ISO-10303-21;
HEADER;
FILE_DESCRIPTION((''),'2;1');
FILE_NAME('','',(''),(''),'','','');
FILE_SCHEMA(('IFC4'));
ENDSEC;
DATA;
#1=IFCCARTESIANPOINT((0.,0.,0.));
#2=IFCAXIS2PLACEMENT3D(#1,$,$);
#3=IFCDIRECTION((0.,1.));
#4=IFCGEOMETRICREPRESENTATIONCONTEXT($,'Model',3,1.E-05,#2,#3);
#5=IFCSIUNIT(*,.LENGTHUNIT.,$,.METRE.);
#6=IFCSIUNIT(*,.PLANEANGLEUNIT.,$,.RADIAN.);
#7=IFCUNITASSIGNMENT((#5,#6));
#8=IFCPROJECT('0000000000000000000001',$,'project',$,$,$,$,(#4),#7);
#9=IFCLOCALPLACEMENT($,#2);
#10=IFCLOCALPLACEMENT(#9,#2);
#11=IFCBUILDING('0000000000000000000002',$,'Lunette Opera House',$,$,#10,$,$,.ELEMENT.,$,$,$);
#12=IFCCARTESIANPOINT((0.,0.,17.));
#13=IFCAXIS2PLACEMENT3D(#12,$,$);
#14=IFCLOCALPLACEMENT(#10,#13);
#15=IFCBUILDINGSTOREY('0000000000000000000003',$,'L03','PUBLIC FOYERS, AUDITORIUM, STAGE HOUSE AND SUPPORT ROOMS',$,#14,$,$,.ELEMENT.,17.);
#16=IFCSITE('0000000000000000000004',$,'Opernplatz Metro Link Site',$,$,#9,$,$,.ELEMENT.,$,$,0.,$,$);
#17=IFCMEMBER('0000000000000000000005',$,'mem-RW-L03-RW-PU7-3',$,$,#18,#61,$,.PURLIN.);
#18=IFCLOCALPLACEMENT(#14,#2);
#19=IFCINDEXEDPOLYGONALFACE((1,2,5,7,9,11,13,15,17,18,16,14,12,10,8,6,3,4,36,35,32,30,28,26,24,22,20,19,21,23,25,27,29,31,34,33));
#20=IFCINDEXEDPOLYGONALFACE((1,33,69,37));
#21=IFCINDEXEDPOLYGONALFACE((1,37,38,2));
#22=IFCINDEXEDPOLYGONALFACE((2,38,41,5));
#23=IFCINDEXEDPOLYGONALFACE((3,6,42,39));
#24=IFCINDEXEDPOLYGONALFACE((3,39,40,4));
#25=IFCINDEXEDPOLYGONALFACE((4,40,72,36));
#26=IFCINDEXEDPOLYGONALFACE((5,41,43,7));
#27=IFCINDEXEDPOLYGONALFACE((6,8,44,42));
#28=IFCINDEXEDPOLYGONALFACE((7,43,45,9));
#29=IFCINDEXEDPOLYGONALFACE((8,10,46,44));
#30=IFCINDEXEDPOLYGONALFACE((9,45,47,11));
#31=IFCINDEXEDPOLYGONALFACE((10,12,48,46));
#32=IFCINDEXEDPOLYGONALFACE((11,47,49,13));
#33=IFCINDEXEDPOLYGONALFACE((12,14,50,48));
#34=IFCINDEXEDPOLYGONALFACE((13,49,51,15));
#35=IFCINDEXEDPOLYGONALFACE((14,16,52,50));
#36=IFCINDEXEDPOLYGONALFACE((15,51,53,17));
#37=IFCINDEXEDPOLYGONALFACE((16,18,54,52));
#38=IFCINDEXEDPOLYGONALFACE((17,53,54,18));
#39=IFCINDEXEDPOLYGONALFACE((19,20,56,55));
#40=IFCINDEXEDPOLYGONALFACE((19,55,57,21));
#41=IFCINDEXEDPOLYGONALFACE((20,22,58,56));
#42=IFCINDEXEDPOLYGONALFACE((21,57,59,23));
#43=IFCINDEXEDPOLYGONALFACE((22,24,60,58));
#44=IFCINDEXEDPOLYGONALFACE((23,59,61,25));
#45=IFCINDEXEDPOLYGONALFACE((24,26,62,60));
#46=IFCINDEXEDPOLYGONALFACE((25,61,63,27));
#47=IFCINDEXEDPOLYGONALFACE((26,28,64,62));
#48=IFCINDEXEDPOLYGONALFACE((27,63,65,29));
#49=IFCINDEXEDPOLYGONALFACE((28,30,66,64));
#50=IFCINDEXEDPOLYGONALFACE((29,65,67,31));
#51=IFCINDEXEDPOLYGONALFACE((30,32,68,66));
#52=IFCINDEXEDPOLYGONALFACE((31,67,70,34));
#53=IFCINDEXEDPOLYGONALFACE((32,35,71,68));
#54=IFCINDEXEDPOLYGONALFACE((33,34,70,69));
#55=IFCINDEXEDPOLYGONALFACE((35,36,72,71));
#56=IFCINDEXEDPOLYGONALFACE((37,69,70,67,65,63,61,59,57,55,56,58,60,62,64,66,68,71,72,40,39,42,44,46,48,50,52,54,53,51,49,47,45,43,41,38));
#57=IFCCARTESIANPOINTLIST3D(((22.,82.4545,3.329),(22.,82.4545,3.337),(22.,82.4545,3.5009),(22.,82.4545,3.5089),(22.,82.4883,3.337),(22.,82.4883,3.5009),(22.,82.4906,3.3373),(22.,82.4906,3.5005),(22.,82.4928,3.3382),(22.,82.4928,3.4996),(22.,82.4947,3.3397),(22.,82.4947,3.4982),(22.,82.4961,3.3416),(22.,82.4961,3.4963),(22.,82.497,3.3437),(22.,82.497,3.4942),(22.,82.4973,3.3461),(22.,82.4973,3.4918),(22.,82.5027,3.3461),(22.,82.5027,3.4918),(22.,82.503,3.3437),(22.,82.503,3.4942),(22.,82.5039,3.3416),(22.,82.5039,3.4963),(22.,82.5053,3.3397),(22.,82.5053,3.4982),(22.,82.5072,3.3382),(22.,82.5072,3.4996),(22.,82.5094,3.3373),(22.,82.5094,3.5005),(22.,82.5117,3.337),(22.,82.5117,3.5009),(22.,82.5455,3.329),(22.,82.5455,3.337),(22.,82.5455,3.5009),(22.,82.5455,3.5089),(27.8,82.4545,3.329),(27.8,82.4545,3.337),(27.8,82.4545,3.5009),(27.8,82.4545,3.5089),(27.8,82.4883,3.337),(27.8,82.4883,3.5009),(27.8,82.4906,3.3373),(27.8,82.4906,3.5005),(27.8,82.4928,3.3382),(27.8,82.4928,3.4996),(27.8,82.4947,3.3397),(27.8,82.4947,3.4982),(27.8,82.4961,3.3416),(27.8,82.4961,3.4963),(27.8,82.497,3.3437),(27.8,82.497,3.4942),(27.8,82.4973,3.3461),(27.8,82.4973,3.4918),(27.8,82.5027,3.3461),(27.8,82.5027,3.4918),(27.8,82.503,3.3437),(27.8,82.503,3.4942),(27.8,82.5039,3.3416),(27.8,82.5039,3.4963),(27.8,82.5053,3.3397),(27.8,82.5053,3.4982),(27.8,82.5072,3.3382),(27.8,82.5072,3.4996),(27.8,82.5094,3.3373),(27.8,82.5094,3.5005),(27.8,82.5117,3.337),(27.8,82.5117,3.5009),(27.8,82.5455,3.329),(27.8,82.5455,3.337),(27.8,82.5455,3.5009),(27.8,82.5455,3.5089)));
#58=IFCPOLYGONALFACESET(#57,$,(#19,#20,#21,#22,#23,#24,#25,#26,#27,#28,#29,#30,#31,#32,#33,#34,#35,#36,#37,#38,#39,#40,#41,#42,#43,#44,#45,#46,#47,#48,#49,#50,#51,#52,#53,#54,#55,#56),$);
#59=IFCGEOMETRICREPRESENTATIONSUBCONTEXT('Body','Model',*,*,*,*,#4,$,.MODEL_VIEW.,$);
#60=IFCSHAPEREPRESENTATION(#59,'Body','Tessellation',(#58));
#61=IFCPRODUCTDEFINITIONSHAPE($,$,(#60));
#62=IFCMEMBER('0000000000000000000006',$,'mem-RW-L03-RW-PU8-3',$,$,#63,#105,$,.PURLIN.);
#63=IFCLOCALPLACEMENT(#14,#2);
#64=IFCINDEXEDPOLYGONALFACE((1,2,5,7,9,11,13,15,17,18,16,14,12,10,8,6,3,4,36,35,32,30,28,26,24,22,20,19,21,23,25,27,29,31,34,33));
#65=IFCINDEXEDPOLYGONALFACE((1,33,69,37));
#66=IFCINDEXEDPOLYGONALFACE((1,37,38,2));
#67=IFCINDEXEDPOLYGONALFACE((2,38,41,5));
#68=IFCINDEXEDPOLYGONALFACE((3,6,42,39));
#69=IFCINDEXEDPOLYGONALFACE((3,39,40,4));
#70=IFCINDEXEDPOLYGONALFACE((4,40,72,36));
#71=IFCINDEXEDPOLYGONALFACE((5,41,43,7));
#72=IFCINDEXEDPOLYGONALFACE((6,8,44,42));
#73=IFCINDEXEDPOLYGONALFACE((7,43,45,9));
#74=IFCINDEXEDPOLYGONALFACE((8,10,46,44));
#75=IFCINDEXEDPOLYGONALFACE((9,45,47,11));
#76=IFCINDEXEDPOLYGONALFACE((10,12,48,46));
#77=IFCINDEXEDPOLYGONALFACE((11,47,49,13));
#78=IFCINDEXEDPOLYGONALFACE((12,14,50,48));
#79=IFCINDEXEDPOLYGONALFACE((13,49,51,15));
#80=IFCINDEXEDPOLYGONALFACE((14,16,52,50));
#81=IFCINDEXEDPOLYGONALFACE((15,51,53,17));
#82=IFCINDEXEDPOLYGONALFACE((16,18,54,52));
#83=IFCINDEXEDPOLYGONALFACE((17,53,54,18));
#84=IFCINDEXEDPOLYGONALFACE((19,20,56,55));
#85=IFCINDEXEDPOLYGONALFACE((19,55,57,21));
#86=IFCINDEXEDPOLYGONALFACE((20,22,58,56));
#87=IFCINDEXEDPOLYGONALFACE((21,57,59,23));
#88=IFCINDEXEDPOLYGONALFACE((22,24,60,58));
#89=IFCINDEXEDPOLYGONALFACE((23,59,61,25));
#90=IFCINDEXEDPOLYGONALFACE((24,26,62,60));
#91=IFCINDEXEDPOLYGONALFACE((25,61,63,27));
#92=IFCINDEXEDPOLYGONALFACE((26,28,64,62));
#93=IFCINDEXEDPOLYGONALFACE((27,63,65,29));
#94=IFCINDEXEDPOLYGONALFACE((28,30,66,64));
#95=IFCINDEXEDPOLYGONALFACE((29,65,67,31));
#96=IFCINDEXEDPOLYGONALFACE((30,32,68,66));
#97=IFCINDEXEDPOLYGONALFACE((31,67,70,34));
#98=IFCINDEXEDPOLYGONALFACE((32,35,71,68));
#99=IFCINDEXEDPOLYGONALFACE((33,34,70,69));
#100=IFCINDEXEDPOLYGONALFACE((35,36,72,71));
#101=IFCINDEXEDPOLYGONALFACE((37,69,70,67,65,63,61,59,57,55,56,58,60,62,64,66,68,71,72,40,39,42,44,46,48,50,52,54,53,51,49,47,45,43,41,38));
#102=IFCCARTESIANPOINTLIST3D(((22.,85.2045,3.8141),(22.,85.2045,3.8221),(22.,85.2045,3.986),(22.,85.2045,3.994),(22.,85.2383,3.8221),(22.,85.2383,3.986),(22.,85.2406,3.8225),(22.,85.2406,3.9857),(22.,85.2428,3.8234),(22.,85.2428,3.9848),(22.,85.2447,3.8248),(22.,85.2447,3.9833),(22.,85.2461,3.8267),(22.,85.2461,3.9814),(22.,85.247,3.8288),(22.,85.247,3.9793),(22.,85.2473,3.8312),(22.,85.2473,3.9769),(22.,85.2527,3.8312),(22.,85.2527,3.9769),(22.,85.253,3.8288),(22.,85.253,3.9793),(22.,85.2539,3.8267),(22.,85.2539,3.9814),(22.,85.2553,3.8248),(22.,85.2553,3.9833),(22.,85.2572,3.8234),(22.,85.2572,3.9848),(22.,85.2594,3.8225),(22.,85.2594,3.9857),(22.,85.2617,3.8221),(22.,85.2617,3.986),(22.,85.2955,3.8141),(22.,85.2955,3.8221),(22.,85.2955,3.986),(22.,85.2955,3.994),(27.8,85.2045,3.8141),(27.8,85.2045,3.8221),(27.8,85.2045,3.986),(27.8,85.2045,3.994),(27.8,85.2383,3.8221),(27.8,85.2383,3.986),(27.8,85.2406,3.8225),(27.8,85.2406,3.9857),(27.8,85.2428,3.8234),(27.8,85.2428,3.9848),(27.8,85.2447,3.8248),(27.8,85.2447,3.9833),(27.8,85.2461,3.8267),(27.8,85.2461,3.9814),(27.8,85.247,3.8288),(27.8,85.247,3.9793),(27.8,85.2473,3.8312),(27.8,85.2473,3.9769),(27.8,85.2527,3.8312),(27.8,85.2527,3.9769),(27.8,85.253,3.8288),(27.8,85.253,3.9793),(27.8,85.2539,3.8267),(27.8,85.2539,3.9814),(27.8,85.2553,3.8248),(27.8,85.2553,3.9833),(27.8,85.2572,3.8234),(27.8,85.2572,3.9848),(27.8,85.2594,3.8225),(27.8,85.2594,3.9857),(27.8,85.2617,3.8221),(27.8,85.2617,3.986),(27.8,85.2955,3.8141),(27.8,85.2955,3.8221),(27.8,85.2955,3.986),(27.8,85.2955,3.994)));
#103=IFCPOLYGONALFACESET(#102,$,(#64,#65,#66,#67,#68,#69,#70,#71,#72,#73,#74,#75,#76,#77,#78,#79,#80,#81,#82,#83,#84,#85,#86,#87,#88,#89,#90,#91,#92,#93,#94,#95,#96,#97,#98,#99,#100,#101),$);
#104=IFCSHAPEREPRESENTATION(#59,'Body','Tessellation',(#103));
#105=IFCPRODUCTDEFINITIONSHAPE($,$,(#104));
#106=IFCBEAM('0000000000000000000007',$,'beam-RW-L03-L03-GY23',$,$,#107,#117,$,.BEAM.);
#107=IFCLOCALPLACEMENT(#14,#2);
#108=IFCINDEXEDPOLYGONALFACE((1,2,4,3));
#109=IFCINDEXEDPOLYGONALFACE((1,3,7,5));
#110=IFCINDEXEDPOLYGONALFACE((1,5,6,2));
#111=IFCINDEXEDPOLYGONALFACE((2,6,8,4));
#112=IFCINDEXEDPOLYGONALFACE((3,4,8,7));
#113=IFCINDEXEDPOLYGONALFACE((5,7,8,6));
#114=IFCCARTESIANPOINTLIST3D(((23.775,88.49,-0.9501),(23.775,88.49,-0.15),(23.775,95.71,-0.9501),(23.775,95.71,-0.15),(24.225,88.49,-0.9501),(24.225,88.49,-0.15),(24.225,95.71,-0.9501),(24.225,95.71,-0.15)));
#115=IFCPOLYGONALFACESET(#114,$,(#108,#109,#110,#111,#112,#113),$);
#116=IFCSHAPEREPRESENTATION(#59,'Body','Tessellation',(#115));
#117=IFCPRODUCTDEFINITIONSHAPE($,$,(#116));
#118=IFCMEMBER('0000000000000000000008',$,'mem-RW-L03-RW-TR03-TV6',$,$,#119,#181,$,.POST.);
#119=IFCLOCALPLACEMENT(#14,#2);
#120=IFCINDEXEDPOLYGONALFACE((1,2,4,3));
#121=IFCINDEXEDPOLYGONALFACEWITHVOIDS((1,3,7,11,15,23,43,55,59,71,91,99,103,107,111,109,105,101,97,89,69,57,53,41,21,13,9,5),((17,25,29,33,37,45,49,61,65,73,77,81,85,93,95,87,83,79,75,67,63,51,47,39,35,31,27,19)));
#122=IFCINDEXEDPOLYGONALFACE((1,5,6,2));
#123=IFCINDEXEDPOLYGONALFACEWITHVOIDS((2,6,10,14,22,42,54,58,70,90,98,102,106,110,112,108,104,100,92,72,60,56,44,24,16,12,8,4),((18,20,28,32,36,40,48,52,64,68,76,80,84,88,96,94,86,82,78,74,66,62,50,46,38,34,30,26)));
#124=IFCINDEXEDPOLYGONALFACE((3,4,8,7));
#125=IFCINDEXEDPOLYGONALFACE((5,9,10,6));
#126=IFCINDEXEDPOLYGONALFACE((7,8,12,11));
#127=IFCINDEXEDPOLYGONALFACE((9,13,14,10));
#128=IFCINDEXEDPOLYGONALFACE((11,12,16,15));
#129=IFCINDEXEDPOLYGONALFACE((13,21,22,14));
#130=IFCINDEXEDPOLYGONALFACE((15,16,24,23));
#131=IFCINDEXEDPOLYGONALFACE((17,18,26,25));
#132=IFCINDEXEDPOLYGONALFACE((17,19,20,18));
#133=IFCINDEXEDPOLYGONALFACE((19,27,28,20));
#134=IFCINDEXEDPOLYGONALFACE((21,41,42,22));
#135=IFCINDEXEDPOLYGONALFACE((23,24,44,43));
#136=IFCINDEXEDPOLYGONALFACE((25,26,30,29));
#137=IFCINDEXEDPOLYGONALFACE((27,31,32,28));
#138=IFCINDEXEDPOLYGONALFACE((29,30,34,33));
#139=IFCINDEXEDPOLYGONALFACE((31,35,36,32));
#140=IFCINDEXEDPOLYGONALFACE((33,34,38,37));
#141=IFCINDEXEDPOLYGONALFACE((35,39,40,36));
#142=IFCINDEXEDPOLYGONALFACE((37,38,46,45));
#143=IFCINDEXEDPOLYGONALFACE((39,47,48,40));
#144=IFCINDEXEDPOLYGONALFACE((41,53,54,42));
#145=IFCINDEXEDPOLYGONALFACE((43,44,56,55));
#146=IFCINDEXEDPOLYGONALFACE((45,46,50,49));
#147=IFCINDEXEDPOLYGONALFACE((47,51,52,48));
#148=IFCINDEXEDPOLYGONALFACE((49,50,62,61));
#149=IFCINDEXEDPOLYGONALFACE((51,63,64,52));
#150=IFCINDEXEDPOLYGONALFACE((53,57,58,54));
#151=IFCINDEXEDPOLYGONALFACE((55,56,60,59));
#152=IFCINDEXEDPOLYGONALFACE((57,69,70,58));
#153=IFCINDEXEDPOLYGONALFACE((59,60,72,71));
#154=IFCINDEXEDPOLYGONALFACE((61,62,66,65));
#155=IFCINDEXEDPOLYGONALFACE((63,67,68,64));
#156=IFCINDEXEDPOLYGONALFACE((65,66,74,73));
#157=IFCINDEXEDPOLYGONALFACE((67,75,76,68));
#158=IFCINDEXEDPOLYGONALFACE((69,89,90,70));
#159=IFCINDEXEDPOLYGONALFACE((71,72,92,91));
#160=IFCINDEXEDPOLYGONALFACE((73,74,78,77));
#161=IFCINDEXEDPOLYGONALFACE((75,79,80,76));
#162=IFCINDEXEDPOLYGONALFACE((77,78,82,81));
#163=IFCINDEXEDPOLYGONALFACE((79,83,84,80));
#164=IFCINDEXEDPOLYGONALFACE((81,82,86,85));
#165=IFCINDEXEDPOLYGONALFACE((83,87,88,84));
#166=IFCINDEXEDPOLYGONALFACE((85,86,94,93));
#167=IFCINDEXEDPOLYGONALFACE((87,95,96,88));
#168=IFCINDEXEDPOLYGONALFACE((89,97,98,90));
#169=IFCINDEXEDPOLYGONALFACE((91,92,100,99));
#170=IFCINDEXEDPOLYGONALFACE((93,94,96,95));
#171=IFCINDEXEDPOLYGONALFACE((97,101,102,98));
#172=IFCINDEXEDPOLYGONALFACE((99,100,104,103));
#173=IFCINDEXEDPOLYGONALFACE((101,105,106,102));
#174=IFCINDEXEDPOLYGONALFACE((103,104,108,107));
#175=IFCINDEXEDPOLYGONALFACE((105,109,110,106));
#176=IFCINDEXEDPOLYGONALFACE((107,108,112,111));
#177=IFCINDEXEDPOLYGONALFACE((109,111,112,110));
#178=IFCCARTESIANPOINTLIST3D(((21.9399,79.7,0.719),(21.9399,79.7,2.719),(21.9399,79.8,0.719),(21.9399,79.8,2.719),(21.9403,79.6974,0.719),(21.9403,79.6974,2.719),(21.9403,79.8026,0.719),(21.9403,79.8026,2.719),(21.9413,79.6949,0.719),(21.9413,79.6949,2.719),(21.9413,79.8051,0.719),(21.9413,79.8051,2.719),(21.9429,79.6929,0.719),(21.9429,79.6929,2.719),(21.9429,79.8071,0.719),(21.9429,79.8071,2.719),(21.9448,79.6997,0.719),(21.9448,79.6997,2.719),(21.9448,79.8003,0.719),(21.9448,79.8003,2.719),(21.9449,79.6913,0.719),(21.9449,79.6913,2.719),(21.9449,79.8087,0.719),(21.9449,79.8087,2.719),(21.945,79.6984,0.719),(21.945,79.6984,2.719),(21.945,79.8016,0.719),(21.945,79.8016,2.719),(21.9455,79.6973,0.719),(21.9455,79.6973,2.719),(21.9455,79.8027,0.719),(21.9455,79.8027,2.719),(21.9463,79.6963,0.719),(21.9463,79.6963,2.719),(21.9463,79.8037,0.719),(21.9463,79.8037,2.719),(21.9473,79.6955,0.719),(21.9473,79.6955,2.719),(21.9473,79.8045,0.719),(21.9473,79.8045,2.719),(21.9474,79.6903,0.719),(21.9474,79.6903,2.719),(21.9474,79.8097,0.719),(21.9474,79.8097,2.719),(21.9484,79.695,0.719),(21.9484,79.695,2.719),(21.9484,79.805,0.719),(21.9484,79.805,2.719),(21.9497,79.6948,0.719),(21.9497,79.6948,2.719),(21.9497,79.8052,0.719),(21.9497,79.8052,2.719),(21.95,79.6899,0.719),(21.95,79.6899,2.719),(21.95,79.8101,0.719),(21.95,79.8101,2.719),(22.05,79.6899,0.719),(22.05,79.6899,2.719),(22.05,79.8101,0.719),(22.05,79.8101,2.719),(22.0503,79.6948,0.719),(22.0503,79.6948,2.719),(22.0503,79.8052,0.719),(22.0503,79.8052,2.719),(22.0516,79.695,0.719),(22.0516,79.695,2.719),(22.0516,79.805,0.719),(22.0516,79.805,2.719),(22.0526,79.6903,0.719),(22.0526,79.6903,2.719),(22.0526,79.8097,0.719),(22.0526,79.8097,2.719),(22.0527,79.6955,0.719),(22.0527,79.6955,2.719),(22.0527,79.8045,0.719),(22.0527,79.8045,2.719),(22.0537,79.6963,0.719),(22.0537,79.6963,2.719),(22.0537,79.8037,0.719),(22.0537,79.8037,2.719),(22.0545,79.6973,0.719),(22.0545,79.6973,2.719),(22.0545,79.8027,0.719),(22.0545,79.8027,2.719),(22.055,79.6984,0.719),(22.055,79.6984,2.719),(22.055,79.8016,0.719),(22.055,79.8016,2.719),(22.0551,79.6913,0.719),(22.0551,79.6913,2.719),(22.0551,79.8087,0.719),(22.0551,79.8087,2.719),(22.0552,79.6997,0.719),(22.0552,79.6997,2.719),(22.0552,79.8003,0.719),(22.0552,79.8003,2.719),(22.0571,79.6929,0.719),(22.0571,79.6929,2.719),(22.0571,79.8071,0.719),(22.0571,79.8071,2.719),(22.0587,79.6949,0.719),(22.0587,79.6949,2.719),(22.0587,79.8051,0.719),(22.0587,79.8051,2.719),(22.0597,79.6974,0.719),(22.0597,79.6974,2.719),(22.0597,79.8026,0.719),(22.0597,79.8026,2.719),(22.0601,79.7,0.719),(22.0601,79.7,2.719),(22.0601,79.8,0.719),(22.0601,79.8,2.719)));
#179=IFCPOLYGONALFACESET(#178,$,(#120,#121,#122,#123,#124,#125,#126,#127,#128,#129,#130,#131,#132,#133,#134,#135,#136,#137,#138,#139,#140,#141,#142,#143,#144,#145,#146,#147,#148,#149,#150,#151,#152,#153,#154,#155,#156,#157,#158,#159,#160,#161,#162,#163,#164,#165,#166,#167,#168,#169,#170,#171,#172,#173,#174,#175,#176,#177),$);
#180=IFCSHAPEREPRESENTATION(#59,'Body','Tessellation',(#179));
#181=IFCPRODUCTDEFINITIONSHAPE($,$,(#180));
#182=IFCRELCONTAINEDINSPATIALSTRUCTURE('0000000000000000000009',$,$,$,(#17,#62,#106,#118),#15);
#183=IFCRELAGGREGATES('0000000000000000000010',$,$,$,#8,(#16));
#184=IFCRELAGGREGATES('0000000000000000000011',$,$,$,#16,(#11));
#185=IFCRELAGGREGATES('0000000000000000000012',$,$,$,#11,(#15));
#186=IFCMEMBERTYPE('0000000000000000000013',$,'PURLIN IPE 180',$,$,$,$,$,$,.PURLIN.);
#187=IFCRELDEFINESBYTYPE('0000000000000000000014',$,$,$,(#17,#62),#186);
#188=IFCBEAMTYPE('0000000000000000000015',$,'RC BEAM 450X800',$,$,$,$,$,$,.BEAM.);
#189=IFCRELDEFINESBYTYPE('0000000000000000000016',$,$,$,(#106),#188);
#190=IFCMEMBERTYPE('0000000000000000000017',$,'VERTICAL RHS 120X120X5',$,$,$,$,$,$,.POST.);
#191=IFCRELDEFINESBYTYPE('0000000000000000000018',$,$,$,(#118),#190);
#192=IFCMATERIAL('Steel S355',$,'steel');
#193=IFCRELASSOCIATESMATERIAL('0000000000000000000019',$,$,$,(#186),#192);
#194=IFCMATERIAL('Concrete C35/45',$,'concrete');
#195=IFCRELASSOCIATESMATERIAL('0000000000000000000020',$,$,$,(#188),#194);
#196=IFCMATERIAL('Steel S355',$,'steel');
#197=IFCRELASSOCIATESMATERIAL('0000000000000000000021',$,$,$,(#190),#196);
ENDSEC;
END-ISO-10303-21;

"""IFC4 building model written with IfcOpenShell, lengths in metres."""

from ifc_helpers import new_model, si_unit, direction, frame, origin, origin_2d, place, context, subcontext, project, spatial, rectangle, hollow_rectangle, i_section, extrude, material, material_profile, profile_set, type_object, element, save


model = new_model("IFC4")

# Units and contexts
model_context = context("Model", 3, precision=1e-05, world=origin(), true_north=direction((0.0, 1.0)))
body_context = subcontext(model_context, "Body", "Model", "MODEL_VIEW")
ifc_project = project(units=[si_unit("LENGTHUNIT", "METRE"), si_unit("PLANEANGLEUNIT", "RADIAN")], contexts=[model_context])

# Site, building, storey
site_placement = place(None, origin())
site = spatial("IfcSite", under=ifc_project, at=site_placement, Name="Opernplatz Metro Link Site", CompositionType="ELEMENT", RefElevation=0.0)
building_placement = place(site_placement, origin())
building = spatial("IfcBuilding", under=site, at=building_placement, Name="Lunette Opera House", CompositionType="ELEMENT")
storey_placement = place(building_placement, frame((0.0, 0.0, 17.0)))
storey = spatial("IfcBuildingStorey", under=building, at=storey_placement, Name="L03", Description="PUBLIC FOYERS, AUDITORIUM, STAGE HOUSE AND SUPPORT ROOMS", CompositionType="ELEMENT", Elevation=17.0)

# Members
ifc_material_1 = material(Name="Steel S355", Category="steel")
ifc_material_profile_1 = material_profile(ifc_material_1, i_section(OverallWidth=0.0911, OverallDepth=0.1799, WebThickness=0.0054, FlangeThickness=0.0081, FilletRadius=0.009, at=origin_2d()), Name="IPE 180")
ifc_profile_set_1 = profile_set([ifc_material_profile_1], Name="Steel S355")
member_type_1 = type_object("IfcMemberType", Name="PURLIN IPE 180", PredefinedType="PURLIN", material=ifc_profile_set_1)
for number, where, z_axis, x_axis, name in (
    (1, (22.0, 82.5, 3.4189), (1.0, 0.0, 0.0), (0.0, 1.0, 0.0), "mem-RW-L03-RW-PU7-3"),
    (2, (22.0, 85.25, 3.9041), (1.0, 0.0, 0.0), (0.0, 1.0, 0.0), "mem-RW-L03-RW-PU8-3"),
):
    element("IfcMember", number, at=place(storey_placement, frame(where, z_axis=z_axis, x_axis=x_axis)), inside=storey, type_object=member_type_1, Name=name, PredefinedType="PURLIN", context=body_context, shape_type="SweptSolid", body=[
        extrude(i_section(OverallWidth=0.0911, OverallDepth=0.1799, WebThickness=0.0054, FlangeThickness=0.0081, FilletRadius=0.009, at=origin_2d()), origin(), (0.0, 0.0, 1.0), 5.8),
    ])

# Beam
ifc_material_2 = material(Name="Concrete C35/45", Category="concrete")
ifc_material_profile_2 = material_profile(ifc_material_2, rectangle(XDim=0.45, YDim=0.8, at=origin_2d()), Name="RC BEAM 450X800")
ifc_profile_set_2 = profile_set([ifc_material_profile_2], Name="Concrete C35/45")
beam_type = type_object("IfcBeamType", Name="RC BEAM 450X800", PredefinedType="BEAM", material=ifc_profile_set_2)
beam_placement = place(storey_placement, frame((24.0, 88.49, -0.55), z_axis=(0.0, 1.0, 0.0), x_axis=(-1.0, 0.0, 0.0)))
element("IfcBeam", 3, at=beam_placement, inside=storey, type_object=beam_type, Name="beam-RW-L03-L03-GY23", PredefinedType="BEAM", context=body_context, shape_type="SweptSolid", body=[
    extrude(rectangle(XDim=0.45, YDim=0.8, at=origin_2d()), origin(), (0.0, 0.0, 1.0), 7.22),
])

# Member
ifc_material_3 = material(Name="Steel S355", Category="steel")
ifc_material_profile_3 = material_profile(ifc_material_3, hollow_rectangle(XDim=0.1201, YDim=0.1201, WallThickness=0.0049, InnerFilletRadius=0.0049, OuterFilletRadius=0.01, at=origin_2d()), Name="RHS 120X120X5")
ifc_profile_set_3 = profile_set([ifc_material_profile_3], Name="Steel S355")
member_type_2 = type_object("IfcMemberType", Name="VERTICAL RHS 120X120X5", PredefinedType="POST", material=ifc_profile_set_3)
for number, where, z_axis, x_axis, name in (
    (4, (22.0, 79.75, 0.719), (0.0, 0.0, 1.0), (1.0, 0.0, 0.0), "mem-RW-L03-RW-TR03-TV6"),
):
    element("IfcMember", number, at=place(storey_placement, frame(where, z_axis=z_axis, x_axis=x_axis)), inside=storey, type_object=member_type_2, Name=name, PredefinedType="POST", context=body_context, shape_type="SweptSolid", body=[
        extrude(hollow_rectangle(XDim=0.1201, YDim=0.1201, WallThickness=0.0049, InnerFilletRadius=0.0049, OuterFilletRadius=0.01, at=origin_2d()), origin(), (0.0, 0.0, 1.0), 2.0),
    ])

save(model, "model.ifc")
